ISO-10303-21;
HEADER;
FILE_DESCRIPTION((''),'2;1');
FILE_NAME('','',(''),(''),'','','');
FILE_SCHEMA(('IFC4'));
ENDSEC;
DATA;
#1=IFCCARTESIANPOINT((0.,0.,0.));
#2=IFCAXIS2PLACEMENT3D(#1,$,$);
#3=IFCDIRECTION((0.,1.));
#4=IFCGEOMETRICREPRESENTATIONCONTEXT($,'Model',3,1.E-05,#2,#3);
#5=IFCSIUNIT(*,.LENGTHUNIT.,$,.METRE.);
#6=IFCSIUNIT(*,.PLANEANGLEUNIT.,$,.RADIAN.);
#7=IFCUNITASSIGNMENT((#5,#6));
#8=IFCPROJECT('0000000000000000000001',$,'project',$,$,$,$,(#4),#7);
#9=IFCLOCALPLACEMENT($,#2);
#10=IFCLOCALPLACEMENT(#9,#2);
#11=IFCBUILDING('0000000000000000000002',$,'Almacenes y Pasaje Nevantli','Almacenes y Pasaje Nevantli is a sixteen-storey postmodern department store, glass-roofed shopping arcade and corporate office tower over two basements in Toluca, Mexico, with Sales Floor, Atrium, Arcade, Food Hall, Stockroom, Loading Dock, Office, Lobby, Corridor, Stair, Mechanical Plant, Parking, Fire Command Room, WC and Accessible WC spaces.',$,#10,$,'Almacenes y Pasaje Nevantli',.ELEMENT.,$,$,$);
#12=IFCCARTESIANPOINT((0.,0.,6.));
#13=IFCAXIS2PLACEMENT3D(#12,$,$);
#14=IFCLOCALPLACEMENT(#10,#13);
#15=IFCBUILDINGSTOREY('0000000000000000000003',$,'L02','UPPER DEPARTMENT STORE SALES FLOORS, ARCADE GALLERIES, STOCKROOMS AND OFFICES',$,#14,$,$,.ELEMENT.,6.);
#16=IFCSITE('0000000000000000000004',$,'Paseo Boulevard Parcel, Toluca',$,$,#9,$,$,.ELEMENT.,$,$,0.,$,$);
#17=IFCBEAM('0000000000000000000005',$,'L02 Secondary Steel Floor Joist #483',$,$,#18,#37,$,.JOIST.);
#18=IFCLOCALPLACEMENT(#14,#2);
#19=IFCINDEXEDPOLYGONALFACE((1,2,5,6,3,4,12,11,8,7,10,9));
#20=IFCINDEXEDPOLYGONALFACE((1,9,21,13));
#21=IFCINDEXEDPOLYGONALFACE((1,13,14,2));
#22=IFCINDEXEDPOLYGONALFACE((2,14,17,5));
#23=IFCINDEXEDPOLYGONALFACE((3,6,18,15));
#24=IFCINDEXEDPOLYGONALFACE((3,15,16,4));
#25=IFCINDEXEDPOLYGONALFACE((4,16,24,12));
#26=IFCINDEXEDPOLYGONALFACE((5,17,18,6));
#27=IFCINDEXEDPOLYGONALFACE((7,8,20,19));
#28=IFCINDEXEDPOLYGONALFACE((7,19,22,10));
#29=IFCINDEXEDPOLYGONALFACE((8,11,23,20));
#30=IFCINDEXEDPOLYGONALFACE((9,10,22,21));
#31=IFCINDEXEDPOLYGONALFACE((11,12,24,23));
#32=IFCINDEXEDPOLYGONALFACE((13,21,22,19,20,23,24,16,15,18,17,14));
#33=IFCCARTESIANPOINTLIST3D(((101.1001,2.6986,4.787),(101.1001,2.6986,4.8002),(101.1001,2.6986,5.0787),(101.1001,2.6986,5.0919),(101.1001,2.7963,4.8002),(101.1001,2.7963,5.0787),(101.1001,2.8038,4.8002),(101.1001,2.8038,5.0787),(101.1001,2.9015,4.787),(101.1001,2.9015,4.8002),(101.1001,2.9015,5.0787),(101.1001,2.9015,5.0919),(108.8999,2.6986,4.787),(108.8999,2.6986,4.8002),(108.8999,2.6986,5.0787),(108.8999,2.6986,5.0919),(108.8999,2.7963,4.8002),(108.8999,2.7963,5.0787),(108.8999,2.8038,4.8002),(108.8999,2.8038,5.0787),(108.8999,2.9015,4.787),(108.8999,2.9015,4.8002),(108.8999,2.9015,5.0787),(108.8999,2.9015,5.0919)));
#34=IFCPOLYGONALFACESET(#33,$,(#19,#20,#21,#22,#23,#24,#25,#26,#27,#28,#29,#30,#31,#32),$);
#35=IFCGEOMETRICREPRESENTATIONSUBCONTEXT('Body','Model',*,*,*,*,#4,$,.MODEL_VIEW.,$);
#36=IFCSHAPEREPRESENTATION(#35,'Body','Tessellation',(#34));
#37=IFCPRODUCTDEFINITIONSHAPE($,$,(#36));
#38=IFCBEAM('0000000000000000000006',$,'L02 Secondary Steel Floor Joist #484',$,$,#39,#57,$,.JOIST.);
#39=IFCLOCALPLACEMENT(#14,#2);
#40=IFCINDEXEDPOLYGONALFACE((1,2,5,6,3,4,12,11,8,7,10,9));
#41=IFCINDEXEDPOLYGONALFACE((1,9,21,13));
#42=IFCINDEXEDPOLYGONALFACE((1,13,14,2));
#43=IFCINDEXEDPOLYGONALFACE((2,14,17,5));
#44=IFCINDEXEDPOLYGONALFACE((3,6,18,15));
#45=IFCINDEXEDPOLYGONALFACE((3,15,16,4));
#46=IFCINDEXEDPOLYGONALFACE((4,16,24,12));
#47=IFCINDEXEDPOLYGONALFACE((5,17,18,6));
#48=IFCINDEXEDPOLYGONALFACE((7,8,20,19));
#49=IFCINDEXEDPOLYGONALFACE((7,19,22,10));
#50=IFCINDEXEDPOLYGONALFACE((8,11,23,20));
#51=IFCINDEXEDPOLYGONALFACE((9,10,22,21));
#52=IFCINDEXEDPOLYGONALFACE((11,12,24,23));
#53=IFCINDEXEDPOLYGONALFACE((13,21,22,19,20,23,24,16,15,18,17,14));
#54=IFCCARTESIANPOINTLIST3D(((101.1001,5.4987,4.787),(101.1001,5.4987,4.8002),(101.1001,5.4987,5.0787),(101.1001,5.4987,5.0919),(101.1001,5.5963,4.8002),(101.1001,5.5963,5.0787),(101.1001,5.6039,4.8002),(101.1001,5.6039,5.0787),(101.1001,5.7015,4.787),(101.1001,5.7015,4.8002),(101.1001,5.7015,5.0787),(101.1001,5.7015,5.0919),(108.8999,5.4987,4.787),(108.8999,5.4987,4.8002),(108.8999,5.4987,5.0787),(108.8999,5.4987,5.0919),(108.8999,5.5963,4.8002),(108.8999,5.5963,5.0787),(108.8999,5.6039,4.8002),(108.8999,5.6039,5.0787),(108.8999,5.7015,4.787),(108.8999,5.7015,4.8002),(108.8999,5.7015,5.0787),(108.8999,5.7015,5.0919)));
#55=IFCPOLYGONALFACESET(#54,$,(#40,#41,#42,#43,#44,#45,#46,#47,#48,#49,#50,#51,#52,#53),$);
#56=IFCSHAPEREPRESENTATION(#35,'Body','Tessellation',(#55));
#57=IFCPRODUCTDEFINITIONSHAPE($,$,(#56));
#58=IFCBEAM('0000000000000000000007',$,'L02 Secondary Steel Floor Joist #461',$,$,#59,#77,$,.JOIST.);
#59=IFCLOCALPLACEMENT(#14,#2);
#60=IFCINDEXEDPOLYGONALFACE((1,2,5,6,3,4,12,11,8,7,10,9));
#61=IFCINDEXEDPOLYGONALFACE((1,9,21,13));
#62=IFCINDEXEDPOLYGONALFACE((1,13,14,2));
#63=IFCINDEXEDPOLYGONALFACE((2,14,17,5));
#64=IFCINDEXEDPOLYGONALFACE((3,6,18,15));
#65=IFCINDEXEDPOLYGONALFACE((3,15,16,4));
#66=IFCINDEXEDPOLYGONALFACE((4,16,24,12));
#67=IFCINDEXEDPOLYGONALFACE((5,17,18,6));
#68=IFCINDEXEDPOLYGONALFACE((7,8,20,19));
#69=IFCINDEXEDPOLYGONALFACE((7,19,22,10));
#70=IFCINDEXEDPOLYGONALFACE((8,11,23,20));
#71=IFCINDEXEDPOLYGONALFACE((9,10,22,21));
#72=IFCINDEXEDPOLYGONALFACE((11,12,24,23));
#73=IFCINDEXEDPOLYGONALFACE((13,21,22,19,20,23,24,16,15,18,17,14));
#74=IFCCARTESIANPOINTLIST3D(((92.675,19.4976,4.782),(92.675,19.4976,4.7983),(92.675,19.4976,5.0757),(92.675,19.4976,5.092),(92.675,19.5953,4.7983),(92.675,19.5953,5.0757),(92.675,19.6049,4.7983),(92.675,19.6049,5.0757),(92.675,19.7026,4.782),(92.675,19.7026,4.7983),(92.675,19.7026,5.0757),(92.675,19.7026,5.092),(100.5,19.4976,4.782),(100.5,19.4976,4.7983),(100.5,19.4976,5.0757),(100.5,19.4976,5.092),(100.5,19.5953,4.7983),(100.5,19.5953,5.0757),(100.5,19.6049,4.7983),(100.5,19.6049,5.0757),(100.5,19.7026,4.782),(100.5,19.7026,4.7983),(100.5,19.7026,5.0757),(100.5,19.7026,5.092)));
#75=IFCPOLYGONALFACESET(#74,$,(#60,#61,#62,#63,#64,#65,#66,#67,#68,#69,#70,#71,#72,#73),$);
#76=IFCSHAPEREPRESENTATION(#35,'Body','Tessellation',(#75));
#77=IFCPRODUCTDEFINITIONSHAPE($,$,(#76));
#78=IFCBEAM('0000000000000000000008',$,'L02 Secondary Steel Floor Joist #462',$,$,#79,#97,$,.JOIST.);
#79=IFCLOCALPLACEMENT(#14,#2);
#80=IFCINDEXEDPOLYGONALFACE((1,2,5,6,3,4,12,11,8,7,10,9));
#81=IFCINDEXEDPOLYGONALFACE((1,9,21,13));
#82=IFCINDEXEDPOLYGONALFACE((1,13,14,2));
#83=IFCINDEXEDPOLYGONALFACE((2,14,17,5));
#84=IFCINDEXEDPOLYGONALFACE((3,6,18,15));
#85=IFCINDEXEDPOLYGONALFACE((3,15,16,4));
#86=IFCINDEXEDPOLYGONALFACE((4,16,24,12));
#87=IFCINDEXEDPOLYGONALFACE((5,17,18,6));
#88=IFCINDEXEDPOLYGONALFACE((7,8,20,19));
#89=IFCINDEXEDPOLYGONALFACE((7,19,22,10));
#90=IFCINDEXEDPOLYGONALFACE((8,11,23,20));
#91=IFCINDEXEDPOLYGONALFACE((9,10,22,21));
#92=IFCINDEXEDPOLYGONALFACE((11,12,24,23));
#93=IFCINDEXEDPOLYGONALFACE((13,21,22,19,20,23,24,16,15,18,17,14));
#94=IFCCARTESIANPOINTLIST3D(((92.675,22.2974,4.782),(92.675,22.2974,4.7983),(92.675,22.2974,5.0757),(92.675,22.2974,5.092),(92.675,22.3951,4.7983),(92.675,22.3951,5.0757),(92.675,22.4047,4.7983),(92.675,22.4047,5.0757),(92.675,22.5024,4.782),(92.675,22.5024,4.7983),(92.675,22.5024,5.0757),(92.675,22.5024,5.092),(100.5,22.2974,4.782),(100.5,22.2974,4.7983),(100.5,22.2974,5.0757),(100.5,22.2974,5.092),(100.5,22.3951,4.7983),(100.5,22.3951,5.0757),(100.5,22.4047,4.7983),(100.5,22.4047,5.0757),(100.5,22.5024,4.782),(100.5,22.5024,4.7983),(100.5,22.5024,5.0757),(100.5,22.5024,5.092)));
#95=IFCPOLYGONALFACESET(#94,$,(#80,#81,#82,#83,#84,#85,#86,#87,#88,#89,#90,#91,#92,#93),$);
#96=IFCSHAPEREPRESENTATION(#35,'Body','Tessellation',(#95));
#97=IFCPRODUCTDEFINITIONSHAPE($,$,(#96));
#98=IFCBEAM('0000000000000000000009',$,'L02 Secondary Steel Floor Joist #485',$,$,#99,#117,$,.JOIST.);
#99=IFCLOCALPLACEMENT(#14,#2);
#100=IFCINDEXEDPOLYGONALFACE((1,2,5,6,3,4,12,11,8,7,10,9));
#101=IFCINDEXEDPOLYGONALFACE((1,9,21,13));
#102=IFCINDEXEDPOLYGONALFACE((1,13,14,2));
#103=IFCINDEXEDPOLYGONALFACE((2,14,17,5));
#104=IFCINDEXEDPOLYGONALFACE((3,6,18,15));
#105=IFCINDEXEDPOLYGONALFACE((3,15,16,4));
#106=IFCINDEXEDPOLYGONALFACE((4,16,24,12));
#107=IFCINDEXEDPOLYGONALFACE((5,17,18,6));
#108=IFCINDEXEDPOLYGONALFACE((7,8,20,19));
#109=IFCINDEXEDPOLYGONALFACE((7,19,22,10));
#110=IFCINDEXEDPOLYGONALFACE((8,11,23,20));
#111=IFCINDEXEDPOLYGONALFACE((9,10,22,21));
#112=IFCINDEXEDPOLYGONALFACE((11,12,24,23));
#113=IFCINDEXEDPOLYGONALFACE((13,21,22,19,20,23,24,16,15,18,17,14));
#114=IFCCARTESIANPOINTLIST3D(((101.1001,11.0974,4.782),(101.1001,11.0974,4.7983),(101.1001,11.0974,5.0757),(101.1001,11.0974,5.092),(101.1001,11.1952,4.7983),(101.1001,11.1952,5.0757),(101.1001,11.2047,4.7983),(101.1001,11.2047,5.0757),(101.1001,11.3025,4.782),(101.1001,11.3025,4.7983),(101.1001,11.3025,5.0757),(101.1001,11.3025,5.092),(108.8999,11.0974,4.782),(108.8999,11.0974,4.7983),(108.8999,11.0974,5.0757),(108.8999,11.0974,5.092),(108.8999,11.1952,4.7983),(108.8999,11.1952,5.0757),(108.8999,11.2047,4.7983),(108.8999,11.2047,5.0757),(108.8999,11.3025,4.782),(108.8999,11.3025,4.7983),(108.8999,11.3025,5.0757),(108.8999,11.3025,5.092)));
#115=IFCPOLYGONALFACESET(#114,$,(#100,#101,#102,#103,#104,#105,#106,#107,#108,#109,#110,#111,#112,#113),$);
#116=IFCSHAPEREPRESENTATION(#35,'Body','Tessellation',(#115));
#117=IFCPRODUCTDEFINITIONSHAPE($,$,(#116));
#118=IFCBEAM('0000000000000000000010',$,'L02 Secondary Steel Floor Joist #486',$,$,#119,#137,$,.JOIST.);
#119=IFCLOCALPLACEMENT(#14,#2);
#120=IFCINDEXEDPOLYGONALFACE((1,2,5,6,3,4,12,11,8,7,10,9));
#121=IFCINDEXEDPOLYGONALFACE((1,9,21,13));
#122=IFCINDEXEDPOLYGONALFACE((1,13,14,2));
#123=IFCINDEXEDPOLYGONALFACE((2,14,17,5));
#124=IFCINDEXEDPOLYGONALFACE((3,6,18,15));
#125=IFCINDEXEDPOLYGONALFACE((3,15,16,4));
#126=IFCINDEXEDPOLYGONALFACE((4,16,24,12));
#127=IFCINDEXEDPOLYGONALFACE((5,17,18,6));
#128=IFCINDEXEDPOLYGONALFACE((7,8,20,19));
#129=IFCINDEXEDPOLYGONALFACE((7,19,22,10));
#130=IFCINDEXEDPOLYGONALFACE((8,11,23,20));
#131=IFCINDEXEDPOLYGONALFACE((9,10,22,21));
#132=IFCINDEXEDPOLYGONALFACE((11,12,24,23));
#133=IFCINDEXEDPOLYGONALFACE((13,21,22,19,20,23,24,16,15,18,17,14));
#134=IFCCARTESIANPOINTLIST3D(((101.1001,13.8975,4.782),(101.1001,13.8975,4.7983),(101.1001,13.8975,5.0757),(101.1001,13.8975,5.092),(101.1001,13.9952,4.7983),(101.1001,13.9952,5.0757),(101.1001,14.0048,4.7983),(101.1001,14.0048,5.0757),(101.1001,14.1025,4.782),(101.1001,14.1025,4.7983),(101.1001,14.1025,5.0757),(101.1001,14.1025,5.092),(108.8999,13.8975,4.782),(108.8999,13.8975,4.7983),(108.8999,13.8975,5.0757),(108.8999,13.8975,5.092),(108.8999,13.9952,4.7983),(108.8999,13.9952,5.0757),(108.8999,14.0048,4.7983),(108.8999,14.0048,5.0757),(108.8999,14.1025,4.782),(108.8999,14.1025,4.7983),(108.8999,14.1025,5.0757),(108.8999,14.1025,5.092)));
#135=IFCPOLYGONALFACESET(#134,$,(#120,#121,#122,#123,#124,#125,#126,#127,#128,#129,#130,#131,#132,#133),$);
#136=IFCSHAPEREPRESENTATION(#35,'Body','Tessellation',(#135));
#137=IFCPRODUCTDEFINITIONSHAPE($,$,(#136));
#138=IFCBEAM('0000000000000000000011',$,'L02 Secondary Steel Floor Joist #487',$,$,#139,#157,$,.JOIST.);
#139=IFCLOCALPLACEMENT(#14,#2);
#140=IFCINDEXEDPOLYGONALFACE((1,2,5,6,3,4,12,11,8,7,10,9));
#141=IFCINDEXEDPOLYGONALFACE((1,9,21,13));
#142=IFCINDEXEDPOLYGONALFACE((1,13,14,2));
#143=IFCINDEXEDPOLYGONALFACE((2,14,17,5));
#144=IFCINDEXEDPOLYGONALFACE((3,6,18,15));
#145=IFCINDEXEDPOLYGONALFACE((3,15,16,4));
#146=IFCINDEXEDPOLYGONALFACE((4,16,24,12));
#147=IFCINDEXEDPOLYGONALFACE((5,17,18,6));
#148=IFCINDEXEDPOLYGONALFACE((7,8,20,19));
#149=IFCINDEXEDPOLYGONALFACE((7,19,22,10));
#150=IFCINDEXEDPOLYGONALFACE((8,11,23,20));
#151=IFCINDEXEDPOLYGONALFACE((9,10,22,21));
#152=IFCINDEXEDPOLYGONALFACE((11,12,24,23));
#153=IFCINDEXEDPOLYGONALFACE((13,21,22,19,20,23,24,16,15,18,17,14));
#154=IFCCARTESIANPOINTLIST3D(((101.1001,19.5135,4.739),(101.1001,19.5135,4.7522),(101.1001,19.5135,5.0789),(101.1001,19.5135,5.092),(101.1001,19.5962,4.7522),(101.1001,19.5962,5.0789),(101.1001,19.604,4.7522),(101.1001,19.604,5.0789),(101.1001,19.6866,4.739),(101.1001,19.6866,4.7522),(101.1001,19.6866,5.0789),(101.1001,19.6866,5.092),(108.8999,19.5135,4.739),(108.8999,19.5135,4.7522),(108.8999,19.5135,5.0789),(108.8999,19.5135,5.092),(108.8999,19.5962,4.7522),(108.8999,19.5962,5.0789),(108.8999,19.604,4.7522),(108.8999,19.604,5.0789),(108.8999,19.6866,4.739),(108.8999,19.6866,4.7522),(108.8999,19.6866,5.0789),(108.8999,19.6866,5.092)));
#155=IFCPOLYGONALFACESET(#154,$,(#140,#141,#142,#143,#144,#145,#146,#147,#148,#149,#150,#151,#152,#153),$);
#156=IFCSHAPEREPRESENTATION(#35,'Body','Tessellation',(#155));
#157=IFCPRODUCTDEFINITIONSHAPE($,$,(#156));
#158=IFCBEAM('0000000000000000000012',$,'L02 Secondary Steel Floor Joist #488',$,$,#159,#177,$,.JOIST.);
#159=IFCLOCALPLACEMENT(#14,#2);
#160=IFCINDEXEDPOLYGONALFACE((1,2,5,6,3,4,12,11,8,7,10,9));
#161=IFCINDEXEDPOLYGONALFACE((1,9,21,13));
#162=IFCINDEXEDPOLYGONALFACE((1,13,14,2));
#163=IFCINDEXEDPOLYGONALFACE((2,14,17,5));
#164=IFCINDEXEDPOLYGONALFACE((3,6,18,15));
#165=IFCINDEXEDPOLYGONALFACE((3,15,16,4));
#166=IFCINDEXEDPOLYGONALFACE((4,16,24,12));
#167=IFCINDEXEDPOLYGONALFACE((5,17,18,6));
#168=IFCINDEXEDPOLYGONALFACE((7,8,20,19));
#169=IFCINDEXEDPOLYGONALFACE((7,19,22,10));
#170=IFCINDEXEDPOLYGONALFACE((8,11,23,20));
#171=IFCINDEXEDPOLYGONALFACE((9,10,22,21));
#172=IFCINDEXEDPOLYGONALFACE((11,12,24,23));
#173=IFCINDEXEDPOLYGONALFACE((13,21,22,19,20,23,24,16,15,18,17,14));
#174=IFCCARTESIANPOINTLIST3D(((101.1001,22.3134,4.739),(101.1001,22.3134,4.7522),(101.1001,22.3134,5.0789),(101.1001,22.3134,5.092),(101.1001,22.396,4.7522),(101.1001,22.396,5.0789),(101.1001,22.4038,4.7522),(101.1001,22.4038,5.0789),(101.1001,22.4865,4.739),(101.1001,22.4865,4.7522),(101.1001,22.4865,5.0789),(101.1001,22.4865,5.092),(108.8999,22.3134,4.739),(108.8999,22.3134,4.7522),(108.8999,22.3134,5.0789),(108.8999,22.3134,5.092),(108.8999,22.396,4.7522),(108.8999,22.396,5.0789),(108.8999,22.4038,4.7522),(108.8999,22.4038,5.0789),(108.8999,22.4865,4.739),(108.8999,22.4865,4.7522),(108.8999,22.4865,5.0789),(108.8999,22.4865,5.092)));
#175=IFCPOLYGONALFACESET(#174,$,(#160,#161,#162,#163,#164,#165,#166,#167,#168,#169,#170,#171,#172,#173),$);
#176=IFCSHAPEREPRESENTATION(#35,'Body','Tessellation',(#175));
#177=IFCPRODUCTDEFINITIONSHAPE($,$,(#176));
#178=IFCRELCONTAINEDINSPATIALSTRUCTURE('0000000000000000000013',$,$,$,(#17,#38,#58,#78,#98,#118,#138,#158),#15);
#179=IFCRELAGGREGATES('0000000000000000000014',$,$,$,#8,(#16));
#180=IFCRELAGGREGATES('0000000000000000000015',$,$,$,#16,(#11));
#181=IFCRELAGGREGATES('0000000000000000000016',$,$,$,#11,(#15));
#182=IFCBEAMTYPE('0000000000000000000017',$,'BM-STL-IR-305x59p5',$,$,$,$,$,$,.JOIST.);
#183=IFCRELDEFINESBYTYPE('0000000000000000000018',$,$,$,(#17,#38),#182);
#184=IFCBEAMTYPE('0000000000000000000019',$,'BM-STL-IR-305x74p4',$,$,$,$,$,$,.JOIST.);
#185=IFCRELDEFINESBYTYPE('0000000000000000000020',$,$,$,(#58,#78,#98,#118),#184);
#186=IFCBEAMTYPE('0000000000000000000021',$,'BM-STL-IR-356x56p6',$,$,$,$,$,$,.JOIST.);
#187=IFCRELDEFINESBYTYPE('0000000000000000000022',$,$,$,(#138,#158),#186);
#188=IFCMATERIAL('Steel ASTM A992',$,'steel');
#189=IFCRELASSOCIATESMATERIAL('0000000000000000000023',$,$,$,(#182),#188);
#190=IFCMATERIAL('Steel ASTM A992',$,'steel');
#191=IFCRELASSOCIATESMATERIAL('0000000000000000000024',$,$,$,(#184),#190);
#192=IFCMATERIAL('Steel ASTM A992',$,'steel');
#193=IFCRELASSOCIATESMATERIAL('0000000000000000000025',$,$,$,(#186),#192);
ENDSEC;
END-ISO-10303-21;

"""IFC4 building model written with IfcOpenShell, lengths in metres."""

from ifc_helpers import new_model, si_unit, direction, frame, origin, origin_2d, place, context, subcontext, project, spatial, i_section, extrude, material, material_profile, profile_set, type_object, element, save


model = new_model("IFC4")

# Units and contexts
model_context = context("Model", 3, precision=1e-05, world=origin(), true_north=direction((0.0, 1.0)))
body_context = subcontext(model_context, "Body", "Model", "MODEL_VIEW")
ifc_project = project(units=[si_unit("LENGTHUNIT", "METRE"), si_unit("PLANEANGLEUNIT", "RADIAN")], contexts=[model_context])

# Site, building, storey
site_placement = place(None, origin())
site = spatial("IfcSite", under=ifc_project, at=site_placement, Name="Paseo Boulevard Parcel, Toluca", CompositionType="ELEMENT", RefElevation=0.0)
building_placement = place(site_placement, origin())
building = spatial("IfcBuilding", under=site, at=building_placement, Name="Almacenes y Pasaje Nevantli", Description="Almacenes y Pasaje Nevantli is a sixteen-storey postmodern department store, glass-roofed shopping arcade and corporate office tower over two basements in Toluca, Mexico, with Sales Floor, Atrium, Arcade, Food Hall, Stockroom, Loading Dock, Office, Lobby, Corridor, Stair, Mechanical Plant, Parking, Fire Command Room, WC and Accessible WC spaces.", LongName="Almacenes y Pasaje Nevantli", CompositionType="ELEMENT")
storey_placement = place(building_placement, frame((0.0, 0.0, 6.0)))
storey = spatial("IfcBuildingStorey", under=building, at=storey_placement, Name="L02", Description="UPPER DEPARTMENT STORE SALES FLOORS, ARCADE GALLERIES, STOCKROOMS AND OFFICES", CompositionType="ELEMENT", Elevation=6.0)

# Beams
ifc_material_1 = material(Name="Steel ASTM A992", Category="steel")
ifc_material_profile_1 = material_profile(ifc_material_1, i_section(OverallWidth=0.2029, OverallDepth=0.3049, WebThickness=0.0076, FlangeThickness=0.0132, at=origin_2d()), Name="IR 305x59.5")
ifc_profile_set_1 = profile_set([ifc_material_profile_1], Name="Steel ASTM A992")
beam_type_1 = type_object("IfcBeamType", Name="BM-STL-IR-305x59p5", PredefinedType="JOIST", material=ifc_profile_set_1)
for number, where, z_axis, x_axis, name in (
    (1, (101.1001, 2.8, 4.9395), (1.0, 0.0, 0.0), (0.0, 1.0, 0.0), "L02 Secondary Steel Floor Joist #483"),
    (2, (101.1001, 5.6001, 4.9395), (1.0, 0.0, 0.0), (0.0, 1.0, 0.0), "L02 Secondary Steel Floor Joist #484"),
):
    element("IfcBeam", number, at=place(storey_placement, frame(where, z_axis=z_axis, x_axis=x_axis)), inside=storey, type_object=beam_type_1, Name=name, PredefinedType="JOIST", context=body_context, shape_type="SweptSolid", body=[
        extrude(i_section(OverallWidth=0.2029, OverallDepth=0.3049, WebThickness=0.0076, FlangeThickness=0.0132, at=origin_2d()), origin(), (0.0, 0.0, 1.0), 7.7998),
    ])
ifc_material_2 = material(Name="Steel ASTM A992", Category="steel")
ifc_material_profile_2 = material_profile(ifc_material_2, i_section(OverallWidth=0.2051, OverallDepth=0.3101, WebThickness=0.0095, FlangeThickness=0.0164, at=origin_2d()), Name="IR 305x74.4")
ifc_profile_set_2 = profile_set([ifc_material_profile_2], Name="Steel ASTM A992")
beam_type_2 = type_object("IfcBeamType", Name="BM-STL-IR-305x74p4", PredefinedType="JOIST", material=ifc_profile_set_2)
for number, where, z_axis, x_axis, name in (
    (3, (92.675, 19.6001, 4.937), (1.0, 0.0, 0.0), (0.0, 1.0, 0.0), "L02 Secondary Steel Floor Joist #461"),
    (4, (92.675, 22.3999, 4.937), (1.0, 0.0, 0.0), (0.0, 1.0, 0.0), "L02 Secondary Steel Floor Joist #462"),
):
    element("IfcBeam", number, at=place(storey_placement, frame(where, z_axis=z_axis, x_axis=x_axis)), inside=storey, type_object=beam_type_2, Name=name, PredefinedType="JOIST", context=body_context, shape_type="SweptSolid", body=[
        extrude(i_section(OverallWidth=0.2051, OverallDepth=0.3101, WebThickness=0.0095, FlangeThickness=0.0164, at=origin_2d()), origin(), (0.0, 0.0, 1.0), 7.825),
    ])
for number, where, z_axis, x_axis, name in (
    (5, (101.1001, 11.2, 4.937), (1.0, 0.0, 0.0), (0.0, 1.0, 0.0), "L02 Secondary Steel Floor Joist #485"),
    (6, (101.1001, 14.0, 4.937), (1.0, 0.0, 0.0), (0.0, 1.0, 0.0), "L02 Secondary Steel Floor Joist #486"),
):
    element("IfcBeam", number, at=place(storey_placement, frame(where, z_axis=z_axis, x_axis=x_axis)), inside=storey, type_object=beam_type_2, Name=name, PredefinedType="JOIST", context=body_context, shape_type="SweptSolid", body=[
        extrude(i_section(OverallWidth=0.2051, OverallDepth=0.3101, WebThickness=0.0095, FlangeThickness=0.0164, at=origin_2d()), origin(), (0.0, 0.0, 1.0), 7.7998),
    ])
ifc_material_3 = material(Name="Steel ASTM A992", Category="steel")
ifc_material_profile_3 = material_profile(ifc_material_3, i_section(OverallWidth=0.1731, OverallDepth=0.353, WebThickness=0.0078, FlangeThickness=0.0132, at=origin_2d()), Name="IR 356x56.6")
ifc_profile_set_3 = profile_set([ifc_material_profile_3], Name="Steel ASTM A992")
beam_type_3 = type_object("IfcBeamType", Name="BM-STL-IR-356x56p6", PredefinedType="JOIST", material=ifc_profile_set_3)
for number, where, z_axis, x_axis, name in (
    (7, (101.1001, 19.6001, 4.9155), (1.0, 0.0, 0.0), (0.0, 1.0, 0.0), "L02 Secondary Steel Floor Joist #487"),
    (8, (101.1001, 22.3999, 4.9155), (1.0, 0.0, 0.0), (0.0, 1.0, 0.0), "L02 Secondary Steel Floor Joist #488"),
):
    element("IfcBeam", number, at=place(storey_placement, frame(where, z_axis=z_axis, x_axis=x_axis)), inside=storey, type_object=beam_type_3, Name=name, PredefinedType="JOIST", context=body_context, shape_type="SweptSolid", body=[
        extrude(i_section(OverallWidth=0.1731, OverallDepth=0.353, WebThickness=0.0078, FlangeThickness=0.0132, at=origin_2d()), origin(), (0.0, 0.0, 1.0), 7.7998),
    ])

save(model, "model.ifc")
